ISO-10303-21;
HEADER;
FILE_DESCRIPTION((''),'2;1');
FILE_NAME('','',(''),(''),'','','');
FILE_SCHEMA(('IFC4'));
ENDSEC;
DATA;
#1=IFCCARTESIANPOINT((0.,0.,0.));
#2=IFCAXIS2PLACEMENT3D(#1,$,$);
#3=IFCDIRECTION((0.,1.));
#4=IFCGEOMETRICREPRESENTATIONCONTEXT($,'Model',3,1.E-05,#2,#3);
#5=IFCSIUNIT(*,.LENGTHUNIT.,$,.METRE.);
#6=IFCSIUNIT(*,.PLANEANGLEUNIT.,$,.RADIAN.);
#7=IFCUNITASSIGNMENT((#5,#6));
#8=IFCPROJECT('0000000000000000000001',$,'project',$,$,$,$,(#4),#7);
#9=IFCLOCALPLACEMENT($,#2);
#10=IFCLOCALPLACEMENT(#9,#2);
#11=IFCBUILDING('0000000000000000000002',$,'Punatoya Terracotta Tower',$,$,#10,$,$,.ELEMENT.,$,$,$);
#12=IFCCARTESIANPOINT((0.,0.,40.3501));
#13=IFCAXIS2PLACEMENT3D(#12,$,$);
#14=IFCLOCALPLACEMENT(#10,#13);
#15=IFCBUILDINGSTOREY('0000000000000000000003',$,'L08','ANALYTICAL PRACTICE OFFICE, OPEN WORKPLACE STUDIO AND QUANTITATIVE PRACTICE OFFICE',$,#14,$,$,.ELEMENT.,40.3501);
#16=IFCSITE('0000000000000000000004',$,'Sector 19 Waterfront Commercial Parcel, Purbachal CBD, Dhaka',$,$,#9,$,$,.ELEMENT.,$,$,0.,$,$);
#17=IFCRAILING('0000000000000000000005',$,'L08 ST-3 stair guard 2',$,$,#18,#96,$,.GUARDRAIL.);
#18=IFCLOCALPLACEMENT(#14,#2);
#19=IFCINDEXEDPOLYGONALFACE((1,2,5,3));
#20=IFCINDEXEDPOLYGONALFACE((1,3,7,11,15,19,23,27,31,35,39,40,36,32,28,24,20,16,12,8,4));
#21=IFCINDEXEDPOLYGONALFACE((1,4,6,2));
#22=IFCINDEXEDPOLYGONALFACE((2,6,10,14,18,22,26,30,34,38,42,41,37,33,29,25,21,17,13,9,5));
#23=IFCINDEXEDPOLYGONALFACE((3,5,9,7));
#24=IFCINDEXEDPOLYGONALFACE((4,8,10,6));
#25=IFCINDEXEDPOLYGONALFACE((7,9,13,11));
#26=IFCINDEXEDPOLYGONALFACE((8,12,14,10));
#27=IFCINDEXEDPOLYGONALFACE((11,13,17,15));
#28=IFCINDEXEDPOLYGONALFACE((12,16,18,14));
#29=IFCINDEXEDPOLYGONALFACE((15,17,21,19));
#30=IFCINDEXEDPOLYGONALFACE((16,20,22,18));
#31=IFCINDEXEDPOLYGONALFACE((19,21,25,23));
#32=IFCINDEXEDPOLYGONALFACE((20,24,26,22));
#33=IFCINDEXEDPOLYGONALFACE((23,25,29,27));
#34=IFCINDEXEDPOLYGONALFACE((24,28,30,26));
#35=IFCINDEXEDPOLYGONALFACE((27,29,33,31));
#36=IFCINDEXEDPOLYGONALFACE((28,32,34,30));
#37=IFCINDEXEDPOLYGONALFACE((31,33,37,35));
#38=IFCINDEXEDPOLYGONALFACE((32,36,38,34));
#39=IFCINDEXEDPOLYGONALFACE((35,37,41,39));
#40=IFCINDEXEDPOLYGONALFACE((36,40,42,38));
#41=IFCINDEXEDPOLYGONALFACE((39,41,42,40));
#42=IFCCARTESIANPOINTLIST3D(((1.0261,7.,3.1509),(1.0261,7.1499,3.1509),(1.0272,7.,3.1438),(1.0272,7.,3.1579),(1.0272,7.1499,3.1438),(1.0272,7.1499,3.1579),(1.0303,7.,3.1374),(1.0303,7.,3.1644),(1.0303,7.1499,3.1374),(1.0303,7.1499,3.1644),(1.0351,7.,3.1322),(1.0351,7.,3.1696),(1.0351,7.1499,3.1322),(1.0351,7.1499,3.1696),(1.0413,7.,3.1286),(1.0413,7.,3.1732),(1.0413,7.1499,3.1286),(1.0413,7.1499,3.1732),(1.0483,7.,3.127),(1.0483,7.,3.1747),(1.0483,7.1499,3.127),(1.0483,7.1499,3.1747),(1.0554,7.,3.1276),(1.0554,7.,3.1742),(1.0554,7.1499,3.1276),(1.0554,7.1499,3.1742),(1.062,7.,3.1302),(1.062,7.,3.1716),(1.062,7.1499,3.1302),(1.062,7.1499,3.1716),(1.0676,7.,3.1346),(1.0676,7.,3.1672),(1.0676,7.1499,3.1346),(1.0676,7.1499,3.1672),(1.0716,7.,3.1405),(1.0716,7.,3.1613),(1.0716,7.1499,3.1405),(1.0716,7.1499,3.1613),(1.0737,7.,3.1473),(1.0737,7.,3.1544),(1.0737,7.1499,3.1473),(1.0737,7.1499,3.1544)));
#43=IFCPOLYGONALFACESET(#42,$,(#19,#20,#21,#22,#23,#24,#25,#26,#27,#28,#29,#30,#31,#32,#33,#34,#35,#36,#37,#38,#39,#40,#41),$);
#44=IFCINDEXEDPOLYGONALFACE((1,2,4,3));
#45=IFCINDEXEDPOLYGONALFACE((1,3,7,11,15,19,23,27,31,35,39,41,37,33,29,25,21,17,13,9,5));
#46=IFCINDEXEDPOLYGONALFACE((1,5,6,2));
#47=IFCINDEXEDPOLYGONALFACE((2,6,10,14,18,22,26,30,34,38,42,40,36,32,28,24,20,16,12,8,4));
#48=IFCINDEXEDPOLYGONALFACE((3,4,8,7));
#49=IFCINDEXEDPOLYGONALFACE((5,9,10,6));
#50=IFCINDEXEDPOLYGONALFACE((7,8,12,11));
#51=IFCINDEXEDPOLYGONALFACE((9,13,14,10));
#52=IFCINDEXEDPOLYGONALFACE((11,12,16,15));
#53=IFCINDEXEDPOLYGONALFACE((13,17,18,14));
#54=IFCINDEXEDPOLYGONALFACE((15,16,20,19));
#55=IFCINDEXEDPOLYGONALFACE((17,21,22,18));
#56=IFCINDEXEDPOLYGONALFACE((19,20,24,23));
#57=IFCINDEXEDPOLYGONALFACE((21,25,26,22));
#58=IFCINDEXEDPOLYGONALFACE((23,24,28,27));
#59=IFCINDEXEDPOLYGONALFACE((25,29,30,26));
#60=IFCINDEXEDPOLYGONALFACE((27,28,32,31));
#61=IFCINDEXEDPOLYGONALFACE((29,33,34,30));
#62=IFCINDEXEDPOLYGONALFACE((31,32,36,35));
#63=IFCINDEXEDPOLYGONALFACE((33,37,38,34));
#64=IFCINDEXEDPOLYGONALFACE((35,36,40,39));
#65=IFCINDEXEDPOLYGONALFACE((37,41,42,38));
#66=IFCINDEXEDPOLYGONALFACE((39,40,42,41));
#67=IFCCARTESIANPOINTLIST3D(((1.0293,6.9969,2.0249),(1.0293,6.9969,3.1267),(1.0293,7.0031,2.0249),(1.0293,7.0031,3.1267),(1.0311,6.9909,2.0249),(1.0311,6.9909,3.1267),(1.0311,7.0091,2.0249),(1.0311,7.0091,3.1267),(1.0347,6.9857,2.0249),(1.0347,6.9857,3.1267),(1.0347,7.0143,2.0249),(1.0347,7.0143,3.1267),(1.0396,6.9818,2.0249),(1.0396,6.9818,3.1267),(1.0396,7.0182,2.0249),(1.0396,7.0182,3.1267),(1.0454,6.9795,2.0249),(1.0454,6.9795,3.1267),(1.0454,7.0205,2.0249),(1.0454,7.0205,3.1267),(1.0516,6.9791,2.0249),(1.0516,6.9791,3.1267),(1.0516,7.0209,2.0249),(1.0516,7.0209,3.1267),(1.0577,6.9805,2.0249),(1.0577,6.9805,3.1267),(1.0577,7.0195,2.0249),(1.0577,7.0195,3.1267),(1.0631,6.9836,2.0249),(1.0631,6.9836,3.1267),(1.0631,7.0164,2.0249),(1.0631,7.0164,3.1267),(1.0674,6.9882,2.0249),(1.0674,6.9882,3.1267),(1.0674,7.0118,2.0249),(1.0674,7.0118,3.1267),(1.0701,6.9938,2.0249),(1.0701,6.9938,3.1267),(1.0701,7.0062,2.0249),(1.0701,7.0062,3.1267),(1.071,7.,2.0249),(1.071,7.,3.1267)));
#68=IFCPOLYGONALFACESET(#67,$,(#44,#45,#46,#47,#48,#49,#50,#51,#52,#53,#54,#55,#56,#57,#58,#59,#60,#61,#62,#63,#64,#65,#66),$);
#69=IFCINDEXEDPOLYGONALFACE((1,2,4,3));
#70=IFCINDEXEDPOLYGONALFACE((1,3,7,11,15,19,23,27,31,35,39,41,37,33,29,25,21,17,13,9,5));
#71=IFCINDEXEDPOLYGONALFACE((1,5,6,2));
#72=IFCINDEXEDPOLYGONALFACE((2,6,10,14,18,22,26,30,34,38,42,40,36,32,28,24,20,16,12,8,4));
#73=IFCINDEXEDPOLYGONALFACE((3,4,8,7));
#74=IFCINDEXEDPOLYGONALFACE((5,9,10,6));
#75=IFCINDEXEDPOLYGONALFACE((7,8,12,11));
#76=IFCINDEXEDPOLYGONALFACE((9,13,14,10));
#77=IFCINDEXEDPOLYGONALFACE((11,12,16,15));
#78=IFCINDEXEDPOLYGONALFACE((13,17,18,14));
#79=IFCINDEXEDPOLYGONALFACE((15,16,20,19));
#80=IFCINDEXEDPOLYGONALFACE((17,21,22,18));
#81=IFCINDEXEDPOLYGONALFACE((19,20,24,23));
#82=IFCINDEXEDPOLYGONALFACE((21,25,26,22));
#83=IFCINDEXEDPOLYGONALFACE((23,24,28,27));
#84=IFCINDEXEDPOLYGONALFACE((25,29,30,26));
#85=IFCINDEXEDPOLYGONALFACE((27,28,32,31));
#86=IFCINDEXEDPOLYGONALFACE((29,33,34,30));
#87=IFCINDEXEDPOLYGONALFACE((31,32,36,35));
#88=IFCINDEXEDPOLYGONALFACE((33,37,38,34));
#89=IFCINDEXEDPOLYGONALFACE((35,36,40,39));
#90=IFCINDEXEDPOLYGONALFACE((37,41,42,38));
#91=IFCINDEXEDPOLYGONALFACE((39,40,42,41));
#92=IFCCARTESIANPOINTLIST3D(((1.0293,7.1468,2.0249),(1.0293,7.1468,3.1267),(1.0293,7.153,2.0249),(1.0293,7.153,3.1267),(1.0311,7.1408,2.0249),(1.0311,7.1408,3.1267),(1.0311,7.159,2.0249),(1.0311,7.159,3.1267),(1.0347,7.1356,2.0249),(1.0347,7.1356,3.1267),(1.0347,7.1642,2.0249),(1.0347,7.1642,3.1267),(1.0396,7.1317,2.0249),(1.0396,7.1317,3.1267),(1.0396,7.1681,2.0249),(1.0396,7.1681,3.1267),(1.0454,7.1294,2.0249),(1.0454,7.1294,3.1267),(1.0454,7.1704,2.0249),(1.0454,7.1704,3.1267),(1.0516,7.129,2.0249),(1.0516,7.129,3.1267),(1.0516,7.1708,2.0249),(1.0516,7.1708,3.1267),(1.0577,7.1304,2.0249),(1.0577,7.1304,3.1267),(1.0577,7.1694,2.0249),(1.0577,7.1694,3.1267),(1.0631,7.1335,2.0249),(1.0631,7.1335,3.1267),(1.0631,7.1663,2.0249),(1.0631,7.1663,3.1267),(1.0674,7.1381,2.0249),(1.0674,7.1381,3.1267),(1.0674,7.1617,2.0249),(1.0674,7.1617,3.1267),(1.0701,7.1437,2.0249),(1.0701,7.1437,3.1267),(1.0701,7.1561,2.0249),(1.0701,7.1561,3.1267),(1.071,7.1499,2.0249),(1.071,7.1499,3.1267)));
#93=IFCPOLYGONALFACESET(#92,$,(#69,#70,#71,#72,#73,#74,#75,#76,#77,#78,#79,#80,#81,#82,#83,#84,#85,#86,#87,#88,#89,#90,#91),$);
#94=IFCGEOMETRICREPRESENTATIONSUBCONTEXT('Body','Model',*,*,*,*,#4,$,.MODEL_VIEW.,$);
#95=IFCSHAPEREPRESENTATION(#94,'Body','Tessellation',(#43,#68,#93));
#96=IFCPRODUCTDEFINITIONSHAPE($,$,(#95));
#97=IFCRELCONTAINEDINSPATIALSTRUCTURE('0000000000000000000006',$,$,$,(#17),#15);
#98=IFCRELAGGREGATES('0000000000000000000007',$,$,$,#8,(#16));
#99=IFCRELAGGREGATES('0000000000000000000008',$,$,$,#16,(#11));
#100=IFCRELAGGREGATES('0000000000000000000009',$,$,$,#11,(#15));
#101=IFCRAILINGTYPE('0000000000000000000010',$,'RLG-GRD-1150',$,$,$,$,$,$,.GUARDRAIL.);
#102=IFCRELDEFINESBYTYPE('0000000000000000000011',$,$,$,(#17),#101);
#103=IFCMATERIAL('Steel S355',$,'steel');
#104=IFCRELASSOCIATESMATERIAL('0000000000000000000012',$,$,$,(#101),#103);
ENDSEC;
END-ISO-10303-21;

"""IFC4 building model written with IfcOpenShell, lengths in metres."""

from ifc_helpers import new_model, si_unit, direction, frame, origin, origin_2d, place, context, subcontext, project, spatial, circle, extrude, material, type_object, element, save


model = new_model("IFC4")

# Units and contexts
model_context = context("Model", 3, precision=1e-05, world=origin(), true_north=direction((0.0, 1.0)))
body_context = subcontext(model_context, "Body", "Model", "MODEL_VIEW")
ifc_project = project(units=[si_unit("LENGTHUNIT", "METRE"), si_unit("PLANEANGLEUNIT", "RADIAN")], contexts=[model_context])

# Site, building, storey
site_placement = place(None, origin())
site = spatial("IfcSite", under=ifc_project, at=site_placement, Name="Sector 19 Waterfront Commercial Parcel, Purbachal CBD, Dhaka", CompositionType="ELEMENT", RefElevation=0.0)
building_placement = place(site_placement, origin())
building = spatial("IfcBuilding", under=site, at=building_placement, Name="Punatoya Terracotta Tower", CompositionType="ELEMENT")
storey_placement = place(building_placement, frame((0.0, 0.0, 40.3501)))
storey = spatial("IfcBuildingStorey", under=building, at=storey_placement, Name="L08", Description="ANALYTICAL PRACTICE OFFICE, OPEN WORKPLACE STUDIO AND QUANTITATIVE PRACTICE OFFICE", CompositionType="ELEMENT", Elevation=40.3501)

# Shared definitions
ifc_material_1 = material(Name="Steel S355", Category="steel")

# Railing
railing_type_1 = type_object("IfcRailingType", Name="RLG-GRD-1150", PredefinedType="GUARDRAIL", material=ifc_material_1)
railing_1_placement = place(storey_placement, frame((1.05, 7.0, 2.0249)))
element("IfcRailing", 1, at=railing_1_placement, inside=storey, type_object=railing_type_1, Name="L08 ST-3 stair guard 2", PredefinedType="GUARDRAIL", context=body_context, shape_type="SweptSolid", body=[
    extrude(circle(Radius=0.0239, at=origin_2d()), frame((0.0, 0.0, 1.126), z_axis=(0.0, 1.0, 0.0), x_axis=(-1.0, 0.0, 0.0)), (0.0, 0.0, 1.0), 0.1499),
    extrude(circle(Radius=0.021, at=origin_2d()), origin(), (0.0, 0.0, 1.0), 1.1018),
    extrude(circle(Radius=0.021, at=origin_2d()), frame((0.0, 0.1499, 0.0)), (0.0, 0.0, 1.0), 1.1018),
])

save(model, "model.ifc")
